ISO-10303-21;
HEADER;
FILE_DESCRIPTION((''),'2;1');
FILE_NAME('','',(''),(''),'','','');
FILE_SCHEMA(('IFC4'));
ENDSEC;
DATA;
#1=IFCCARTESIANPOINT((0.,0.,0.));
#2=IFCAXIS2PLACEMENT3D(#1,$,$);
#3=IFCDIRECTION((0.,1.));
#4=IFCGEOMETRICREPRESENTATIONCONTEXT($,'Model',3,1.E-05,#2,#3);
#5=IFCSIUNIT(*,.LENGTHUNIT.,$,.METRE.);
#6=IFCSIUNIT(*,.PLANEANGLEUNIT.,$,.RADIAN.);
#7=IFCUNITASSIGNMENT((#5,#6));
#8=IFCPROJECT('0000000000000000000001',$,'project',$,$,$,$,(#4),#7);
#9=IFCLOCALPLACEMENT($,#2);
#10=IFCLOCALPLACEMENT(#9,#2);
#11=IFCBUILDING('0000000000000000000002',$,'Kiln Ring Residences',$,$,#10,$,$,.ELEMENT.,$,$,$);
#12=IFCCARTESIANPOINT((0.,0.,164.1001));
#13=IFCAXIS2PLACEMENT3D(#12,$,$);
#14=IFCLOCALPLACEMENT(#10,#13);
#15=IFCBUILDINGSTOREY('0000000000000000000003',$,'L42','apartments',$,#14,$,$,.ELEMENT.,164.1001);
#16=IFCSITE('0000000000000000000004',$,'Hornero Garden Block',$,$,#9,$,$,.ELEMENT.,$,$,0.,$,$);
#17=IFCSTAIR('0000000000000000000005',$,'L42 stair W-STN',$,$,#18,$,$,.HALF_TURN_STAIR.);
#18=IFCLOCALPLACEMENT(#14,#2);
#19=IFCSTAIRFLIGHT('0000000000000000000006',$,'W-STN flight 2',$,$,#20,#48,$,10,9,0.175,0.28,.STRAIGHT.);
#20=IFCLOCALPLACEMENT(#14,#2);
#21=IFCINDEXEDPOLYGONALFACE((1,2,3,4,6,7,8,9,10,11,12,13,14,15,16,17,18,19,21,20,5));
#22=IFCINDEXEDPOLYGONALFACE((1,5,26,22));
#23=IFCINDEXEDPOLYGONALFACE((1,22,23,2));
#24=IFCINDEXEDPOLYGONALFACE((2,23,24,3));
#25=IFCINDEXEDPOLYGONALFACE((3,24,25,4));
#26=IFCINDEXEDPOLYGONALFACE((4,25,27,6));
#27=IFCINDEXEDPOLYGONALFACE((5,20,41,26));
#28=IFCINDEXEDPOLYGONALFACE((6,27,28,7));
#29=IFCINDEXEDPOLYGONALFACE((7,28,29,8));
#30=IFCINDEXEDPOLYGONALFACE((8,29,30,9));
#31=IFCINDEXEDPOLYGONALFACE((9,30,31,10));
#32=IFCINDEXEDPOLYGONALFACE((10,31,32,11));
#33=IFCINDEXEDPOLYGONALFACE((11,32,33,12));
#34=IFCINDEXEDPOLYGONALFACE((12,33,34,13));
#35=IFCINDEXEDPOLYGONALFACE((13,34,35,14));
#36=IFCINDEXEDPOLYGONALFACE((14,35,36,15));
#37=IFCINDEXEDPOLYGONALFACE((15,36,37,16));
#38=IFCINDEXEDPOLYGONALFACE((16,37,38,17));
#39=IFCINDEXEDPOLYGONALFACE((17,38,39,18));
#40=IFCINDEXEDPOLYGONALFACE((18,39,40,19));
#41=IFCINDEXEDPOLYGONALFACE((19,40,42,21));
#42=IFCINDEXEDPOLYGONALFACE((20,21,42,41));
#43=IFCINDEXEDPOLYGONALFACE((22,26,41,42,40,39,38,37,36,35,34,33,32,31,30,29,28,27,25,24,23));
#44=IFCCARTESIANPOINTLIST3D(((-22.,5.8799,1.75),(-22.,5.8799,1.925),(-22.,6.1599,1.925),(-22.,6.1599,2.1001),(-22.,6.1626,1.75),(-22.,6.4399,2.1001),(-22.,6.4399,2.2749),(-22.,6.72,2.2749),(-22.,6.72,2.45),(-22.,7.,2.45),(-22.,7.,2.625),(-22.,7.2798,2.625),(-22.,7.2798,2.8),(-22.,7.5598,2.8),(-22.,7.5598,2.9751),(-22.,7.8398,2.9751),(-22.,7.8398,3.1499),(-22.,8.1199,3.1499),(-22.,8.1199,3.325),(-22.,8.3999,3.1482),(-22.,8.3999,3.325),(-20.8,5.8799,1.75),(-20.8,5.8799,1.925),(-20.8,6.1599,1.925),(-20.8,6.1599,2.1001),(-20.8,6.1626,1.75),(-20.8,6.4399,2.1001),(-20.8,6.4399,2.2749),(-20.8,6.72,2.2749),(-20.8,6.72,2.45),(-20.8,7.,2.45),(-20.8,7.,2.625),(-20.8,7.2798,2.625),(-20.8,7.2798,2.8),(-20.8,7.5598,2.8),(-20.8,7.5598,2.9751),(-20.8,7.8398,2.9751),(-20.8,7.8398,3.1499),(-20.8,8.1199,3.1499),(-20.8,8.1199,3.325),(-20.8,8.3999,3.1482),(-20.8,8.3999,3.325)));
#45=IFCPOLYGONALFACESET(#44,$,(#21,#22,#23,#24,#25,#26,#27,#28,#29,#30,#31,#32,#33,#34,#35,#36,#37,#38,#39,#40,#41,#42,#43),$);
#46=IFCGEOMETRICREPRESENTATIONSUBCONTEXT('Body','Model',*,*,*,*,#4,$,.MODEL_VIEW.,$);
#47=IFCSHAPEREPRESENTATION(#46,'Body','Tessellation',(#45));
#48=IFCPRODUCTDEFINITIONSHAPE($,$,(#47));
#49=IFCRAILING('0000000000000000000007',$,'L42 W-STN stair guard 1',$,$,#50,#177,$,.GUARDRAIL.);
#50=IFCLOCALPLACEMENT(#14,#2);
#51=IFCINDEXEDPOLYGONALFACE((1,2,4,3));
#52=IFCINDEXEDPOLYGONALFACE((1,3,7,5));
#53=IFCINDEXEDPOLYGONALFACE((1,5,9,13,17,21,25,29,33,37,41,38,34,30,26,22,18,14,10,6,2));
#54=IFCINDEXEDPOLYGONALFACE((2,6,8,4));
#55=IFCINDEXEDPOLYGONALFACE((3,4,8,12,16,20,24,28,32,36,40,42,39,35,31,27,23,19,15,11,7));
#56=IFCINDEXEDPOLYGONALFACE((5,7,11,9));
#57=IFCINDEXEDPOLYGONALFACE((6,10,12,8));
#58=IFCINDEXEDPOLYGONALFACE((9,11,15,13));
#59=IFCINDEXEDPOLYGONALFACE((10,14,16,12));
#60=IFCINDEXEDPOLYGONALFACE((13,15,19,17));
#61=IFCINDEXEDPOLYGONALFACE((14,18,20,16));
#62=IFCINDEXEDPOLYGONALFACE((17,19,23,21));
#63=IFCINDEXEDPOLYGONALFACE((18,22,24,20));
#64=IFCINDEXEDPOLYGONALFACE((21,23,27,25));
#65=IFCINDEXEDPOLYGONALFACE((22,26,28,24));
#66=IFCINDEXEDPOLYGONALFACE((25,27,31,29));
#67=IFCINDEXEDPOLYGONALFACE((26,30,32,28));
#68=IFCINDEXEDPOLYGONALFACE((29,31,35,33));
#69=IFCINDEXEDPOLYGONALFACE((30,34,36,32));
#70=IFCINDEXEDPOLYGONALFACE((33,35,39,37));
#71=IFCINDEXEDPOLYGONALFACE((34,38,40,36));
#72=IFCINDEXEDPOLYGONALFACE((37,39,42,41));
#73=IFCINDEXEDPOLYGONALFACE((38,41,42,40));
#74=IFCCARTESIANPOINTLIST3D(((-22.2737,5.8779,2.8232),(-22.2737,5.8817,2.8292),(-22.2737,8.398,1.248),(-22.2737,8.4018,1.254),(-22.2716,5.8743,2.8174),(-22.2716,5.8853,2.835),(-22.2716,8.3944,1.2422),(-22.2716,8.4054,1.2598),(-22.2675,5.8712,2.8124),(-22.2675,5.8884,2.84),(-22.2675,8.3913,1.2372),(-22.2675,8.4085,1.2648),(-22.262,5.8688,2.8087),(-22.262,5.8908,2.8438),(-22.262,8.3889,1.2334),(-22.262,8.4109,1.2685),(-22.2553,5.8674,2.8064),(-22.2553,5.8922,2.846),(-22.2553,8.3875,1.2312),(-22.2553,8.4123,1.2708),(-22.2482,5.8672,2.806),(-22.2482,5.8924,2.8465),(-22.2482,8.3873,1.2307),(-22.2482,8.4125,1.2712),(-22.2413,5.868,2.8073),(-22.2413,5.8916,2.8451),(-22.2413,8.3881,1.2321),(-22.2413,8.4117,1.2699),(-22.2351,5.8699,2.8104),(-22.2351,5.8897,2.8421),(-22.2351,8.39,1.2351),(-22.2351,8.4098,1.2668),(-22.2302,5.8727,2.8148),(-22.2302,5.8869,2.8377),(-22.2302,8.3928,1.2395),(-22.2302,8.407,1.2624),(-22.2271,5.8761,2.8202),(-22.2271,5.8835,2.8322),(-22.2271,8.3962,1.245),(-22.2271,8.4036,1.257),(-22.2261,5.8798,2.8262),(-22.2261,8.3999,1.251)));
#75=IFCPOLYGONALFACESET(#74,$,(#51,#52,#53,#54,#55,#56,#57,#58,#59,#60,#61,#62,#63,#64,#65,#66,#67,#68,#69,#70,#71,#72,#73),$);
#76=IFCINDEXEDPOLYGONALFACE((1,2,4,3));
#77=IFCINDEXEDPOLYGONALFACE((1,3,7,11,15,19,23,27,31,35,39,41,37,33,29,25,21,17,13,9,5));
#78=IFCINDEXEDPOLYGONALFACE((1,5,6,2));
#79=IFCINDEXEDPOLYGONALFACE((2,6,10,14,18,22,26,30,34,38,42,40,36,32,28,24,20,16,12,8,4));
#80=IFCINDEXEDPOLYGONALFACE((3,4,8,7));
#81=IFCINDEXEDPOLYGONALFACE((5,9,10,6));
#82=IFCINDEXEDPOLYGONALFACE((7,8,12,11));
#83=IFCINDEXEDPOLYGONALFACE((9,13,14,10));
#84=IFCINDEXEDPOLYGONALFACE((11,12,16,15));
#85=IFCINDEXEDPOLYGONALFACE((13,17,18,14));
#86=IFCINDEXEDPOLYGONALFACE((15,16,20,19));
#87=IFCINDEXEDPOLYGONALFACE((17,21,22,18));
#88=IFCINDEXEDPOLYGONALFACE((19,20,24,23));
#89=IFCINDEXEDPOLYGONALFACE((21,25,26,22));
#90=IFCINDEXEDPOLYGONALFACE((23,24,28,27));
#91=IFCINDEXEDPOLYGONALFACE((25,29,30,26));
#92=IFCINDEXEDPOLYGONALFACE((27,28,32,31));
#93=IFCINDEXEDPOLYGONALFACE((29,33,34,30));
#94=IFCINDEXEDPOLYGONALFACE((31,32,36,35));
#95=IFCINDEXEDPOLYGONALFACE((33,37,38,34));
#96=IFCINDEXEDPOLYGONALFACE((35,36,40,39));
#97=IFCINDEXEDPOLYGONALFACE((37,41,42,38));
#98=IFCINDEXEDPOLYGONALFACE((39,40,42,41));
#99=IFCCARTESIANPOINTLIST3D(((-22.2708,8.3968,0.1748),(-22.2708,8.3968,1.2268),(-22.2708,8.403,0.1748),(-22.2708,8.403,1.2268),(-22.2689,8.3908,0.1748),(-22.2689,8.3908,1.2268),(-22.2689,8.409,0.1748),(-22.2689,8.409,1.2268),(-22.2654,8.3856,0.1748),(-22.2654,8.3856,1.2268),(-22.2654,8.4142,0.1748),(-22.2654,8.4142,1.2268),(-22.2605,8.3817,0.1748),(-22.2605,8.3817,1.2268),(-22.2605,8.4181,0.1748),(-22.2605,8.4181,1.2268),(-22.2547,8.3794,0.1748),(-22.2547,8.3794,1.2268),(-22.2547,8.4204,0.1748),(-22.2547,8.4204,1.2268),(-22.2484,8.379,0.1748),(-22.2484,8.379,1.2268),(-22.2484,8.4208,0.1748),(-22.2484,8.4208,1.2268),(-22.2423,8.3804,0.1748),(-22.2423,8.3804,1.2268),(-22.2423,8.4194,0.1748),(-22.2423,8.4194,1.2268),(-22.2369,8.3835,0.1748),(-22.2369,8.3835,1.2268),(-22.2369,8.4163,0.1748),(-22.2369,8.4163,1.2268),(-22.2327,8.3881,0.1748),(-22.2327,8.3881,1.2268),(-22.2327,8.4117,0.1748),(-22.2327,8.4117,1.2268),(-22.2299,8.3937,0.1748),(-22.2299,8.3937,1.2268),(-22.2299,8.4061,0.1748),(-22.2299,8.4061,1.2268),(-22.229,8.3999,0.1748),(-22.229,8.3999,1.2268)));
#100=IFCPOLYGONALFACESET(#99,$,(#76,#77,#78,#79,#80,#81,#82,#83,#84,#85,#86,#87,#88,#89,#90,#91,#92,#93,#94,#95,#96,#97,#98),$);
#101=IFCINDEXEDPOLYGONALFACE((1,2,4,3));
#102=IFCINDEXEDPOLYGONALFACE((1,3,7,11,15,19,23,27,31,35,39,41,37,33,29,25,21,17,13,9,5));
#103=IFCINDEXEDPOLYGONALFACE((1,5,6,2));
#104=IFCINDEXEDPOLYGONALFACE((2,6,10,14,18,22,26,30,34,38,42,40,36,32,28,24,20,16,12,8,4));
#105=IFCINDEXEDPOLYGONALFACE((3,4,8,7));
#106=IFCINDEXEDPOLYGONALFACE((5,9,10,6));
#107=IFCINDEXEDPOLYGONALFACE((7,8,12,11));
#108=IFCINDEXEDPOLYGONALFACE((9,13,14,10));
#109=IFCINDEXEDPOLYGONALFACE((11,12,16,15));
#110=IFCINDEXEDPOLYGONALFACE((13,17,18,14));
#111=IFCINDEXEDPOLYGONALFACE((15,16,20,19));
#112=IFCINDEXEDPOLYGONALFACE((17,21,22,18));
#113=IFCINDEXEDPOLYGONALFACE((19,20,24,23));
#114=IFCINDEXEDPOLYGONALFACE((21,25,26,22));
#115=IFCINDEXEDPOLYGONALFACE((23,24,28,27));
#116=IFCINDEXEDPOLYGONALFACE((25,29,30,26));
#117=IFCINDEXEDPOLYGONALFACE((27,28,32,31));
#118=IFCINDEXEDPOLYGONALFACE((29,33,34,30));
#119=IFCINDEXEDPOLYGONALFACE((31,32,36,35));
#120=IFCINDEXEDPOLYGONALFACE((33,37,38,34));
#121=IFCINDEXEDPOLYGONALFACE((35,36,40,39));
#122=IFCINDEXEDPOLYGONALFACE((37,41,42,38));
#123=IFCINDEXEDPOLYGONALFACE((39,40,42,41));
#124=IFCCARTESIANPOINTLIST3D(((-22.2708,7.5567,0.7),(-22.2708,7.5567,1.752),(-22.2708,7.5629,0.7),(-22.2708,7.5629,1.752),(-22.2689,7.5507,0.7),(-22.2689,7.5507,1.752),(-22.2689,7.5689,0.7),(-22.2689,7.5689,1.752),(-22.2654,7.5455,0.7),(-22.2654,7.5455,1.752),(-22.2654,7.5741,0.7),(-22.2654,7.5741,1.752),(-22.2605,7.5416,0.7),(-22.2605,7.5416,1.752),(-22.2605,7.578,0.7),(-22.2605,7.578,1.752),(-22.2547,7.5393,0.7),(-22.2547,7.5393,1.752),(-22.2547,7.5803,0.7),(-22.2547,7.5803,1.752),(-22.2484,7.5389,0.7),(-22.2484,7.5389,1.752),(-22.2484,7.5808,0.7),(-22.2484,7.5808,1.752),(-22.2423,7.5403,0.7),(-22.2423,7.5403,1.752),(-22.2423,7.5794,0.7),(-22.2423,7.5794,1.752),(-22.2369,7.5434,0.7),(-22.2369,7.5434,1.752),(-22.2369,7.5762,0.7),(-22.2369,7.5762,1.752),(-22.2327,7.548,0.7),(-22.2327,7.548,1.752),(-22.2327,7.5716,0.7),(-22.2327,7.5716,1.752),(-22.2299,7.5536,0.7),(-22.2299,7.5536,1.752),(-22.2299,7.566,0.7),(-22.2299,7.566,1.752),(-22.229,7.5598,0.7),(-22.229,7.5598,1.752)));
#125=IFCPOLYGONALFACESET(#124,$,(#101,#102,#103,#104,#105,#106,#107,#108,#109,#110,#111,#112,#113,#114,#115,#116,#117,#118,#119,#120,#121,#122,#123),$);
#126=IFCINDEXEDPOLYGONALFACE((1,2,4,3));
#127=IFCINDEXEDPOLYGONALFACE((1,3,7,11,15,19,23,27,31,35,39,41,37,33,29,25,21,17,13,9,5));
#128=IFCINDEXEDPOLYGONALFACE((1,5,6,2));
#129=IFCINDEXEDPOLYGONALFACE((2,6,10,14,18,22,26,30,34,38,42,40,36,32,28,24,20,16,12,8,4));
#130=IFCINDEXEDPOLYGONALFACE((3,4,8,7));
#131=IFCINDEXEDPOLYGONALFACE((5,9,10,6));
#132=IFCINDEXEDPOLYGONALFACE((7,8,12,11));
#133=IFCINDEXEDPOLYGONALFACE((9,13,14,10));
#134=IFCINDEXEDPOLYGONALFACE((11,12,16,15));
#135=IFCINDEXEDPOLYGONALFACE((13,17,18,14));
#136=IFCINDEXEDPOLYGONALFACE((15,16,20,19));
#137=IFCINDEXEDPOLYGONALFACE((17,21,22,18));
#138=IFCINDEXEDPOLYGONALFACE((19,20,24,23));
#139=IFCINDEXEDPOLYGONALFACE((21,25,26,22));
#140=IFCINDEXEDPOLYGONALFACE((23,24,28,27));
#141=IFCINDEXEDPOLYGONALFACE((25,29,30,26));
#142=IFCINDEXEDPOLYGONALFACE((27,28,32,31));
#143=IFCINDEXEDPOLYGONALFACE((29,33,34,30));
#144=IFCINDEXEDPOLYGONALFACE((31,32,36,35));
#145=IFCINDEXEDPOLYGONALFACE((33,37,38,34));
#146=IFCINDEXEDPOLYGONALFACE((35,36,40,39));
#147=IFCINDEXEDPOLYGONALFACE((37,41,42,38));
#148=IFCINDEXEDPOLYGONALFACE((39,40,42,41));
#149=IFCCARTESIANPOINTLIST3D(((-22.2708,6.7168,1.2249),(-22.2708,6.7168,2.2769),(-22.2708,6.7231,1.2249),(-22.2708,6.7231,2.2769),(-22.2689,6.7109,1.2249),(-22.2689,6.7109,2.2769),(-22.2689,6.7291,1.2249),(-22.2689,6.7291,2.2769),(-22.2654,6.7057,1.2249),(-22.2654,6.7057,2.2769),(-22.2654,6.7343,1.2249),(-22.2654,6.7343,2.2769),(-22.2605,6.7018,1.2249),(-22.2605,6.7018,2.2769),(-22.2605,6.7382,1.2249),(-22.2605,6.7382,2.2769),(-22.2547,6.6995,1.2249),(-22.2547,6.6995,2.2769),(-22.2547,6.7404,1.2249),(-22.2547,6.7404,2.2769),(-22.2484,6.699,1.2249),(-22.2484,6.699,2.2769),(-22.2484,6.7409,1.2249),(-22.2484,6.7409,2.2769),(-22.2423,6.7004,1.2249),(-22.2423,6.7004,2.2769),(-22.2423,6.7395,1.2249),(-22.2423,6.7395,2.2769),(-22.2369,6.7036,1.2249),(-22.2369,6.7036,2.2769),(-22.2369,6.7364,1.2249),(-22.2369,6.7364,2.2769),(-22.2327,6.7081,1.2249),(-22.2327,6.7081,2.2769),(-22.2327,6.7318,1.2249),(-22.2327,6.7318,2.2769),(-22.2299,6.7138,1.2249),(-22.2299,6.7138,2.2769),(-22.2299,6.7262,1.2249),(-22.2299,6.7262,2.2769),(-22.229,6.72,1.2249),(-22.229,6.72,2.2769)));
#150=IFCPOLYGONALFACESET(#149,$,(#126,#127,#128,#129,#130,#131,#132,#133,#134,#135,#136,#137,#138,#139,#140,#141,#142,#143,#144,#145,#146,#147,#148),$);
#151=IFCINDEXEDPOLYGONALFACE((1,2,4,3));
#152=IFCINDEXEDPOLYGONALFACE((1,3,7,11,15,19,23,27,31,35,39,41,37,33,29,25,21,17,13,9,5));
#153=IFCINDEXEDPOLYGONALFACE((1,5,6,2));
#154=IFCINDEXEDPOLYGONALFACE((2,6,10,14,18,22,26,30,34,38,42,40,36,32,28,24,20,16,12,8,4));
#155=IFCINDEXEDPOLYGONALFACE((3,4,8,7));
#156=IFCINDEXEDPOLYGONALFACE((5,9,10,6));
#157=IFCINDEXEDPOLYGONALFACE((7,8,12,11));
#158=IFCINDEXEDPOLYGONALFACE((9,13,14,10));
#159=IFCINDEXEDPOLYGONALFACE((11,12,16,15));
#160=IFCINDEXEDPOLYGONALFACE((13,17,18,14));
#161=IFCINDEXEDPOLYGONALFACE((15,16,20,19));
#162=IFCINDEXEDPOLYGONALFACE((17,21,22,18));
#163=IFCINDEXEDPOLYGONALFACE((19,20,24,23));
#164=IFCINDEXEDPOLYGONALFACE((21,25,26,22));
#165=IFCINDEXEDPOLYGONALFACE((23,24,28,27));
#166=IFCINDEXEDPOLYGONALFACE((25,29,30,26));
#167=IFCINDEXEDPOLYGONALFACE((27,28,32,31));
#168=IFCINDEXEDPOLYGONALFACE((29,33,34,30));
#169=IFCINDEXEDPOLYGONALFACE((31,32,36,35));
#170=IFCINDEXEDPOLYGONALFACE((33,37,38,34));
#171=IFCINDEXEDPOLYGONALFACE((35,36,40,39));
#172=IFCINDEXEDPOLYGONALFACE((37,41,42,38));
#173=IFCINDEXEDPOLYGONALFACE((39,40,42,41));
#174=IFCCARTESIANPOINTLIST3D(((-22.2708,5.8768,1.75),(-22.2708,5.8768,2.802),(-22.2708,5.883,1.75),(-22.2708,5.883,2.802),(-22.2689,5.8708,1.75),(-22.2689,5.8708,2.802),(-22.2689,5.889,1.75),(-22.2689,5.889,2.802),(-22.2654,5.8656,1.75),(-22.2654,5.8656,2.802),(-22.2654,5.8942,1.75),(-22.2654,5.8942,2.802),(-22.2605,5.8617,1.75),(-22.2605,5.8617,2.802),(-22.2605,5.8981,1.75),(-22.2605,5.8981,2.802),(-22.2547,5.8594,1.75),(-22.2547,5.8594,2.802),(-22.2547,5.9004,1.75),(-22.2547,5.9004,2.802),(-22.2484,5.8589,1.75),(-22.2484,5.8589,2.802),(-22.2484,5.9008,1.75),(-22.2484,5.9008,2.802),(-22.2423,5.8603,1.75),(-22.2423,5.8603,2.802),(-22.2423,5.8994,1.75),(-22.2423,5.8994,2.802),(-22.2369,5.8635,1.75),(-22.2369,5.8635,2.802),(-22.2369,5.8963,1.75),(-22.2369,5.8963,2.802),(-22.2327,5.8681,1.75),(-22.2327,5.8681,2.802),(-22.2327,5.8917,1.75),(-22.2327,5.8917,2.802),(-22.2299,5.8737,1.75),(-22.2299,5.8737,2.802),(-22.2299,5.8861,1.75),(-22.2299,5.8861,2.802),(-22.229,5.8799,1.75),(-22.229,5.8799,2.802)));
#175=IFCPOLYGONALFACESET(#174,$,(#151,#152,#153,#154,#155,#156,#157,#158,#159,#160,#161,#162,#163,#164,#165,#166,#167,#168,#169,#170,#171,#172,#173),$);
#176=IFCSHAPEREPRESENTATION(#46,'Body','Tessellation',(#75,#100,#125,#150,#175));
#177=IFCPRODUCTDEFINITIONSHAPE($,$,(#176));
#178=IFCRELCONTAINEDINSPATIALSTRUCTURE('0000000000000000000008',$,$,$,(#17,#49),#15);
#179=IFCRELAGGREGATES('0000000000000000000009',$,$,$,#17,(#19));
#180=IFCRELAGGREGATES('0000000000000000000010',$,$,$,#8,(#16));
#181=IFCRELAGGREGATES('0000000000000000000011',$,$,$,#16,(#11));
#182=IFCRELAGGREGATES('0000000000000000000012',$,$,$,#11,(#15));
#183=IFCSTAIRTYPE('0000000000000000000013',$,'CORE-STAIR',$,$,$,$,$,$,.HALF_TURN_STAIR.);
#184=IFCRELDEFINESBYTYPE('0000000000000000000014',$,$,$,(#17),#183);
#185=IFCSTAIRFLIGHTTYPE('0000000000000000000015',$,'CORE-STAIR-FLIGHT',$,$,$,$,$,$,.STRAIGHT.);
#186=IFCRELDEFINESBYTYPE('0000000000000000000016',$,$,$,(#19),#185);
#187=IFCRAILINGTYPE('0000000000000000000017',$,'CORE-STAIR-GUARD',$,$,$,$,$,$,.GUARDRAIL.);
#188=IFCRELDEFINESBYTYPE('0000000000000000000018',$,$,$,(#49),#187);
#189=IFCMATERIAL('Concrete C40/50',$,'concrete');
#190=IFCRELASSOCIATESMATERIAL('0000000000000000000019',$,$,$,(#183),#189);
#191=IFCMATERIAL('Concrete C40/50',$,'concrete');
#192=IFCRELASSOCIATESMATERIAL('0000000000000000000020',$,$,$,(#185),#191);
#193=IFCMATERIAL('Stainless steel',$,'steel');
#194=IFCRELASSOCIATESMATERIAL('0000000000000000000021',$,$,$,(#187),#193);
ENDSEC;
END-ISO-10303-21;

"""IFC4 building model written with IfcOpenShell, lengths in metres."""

from ifc_helpers import new_model, si_unit, direction, frame, origin, origin_2d, place, context, subcontext, project, spatial, polyline, circle, outline, extrude, material, type_object, element, aggregate, save


model = new_model("IFC4")

# Units and contexts
model_context = context("Model", 3, precision=1e-05, world=origin(), true_north=direction((0.0, 1.0)))
body_context = subcontext(model_context, "Body", "Model", "MODEL_VIEW")
ifc_project = project(units=[si_unit("LENGTHUNIT", "METRE"), si_unit("PLANEANGLEUNIT", "RADIAN")], contexts=[model_context])

# Site, building, storey
site_placement = place(None, origin())
site = spatial("IfcSite", under=ifc_project, at=site_placement, Name="Hornero Garden Block", CompositionType="ELEMENT", RefElevation=0.0)
building_placement = place(site_placement, origin())
building = spatial("IfcBuilding", under=site, at=building_placement, Name="Kiln Ring Residences", CompositionType="ELEMENT")
storey_placement = place(building_placement, frame((0.0, 0.0, 164.1001)))
storey = spatial("IfcBuildingStorey", under=building, at=storey_placement, Name="L42", Description="apartments", CompositionType="ELEMENT", Elevation=164.1001)

# Stair, stair flight
ifc_material_1 = material(Name="Concrete C40/50", Category="concrete")
stair_type = type_object("IfcStairType", Name="CORE-STAIR", PredefinedType="HALF_TURN_STAIR", material=ifc_material_1)
stair_placement = place(storey_placement, origin())
stair = element("IfcStair", 1, at=stair_placement, inside=storey, type_object=stair_type, Name="L42 stair W-STN", PredefinedType="HALF_TURN_STAIR")
ifc_material_2 = material(Name="Concrete C40/50", Category="concrete")
stair_flight_type = type_object("IfcStairFlightType", Name="CORE-STAIR-FLIGHT", PredefinedType="STRAIGHT", material=ifc_material_2)
stair_flight_1_placement = place(storey_placement, frame((-21.3999, 5.8799, 1.75), z_axis=(0.0, 0.0, 1.0), x_axis=(0.0, 1.0, 0.0)))
stair_flight_1 = element("IfcStairFlight", 2, at=stair_flight_1_placement, type_object=stair_flight_type, Name="W-STN flight 2", NumberOfRisers=10, NumberOfTreads=9, PredefinedType="STRAIGHT", RiserHeight=0.175, TreadLength=0.28, context=body_context, shape_type="SweptSolid", body=[
    extrude(outline(polyline([(0.0, 0.0), (0.0, 0.175), (0.28, 0.175), (0.28, 0.3501), (0.5601, 0.3501), (0.5601, 0.5249), (0.8401, 0.5249), (0.8401, 0.7), (1.1201, 0.7), (1.1201, 0.875), (1.3999, 0.875), (1.3999, 1.05), (1.6799, 1.05), (1.6799, 1.2251), (1.96, 1.2251), (1.96, 1.3999), (2.24, 1.3999), (2.24, 1.575), (2.52, 1.575), (2.52, 1.75), (2.52, 1.3982), (0.2827, 0.0), (0.0, 0.0)])), frame((0.0, 0.6001, 0.0), z_axis=(0.0, -1.0, 0.0), x_axis=(1.0, 0.0, 0.0)), (0.0, 0.0, 1.0), 1.2),
])
aggregate(stair, [stair_flight_1])

# Railing
ifc_material_3 = material(Name="Stainless steel", Category="steel")
railing_type_1 = type_object("IfcRailingType", Name="CORE-STAIR-GUARD", PredefinedType="GUARDRAIL", material=ifc_material_3)
railing_1_placement = place(storey_placement, frame((-22.25, 8.3999, 0.1748)))
element("IfcRailing", 3, at=railing_1_placement, inside=storey, type_object=railing_type_1, Name="L42 W-STN stair guard 1", PredefinedType="GUARDRAIL", context=body_context, shape_type="SweptSolid", body=[
    extrude(circle(Radius=0.0239, at=origin_2d()), frame((0.0, 0.0, 1.0762), z_axis=(0.0, -0.847971, 0.530043), x_axis=(1.0, 0.0, 0.0)), (0.0, 0.0, 1.0), 2.9719),
    extrude(circle(Radius=0.021, at=origin_2d()), origin(), (0.0, 0.0, 1.0), 1.052),
    extrude(circle(Radius=0.021, at=origin_2d()), frame((0.0, -0.8401, 0.5251)), (0.0, 0.0, 1.0), 1.052),
    extrude(circle(Radius=0.021, at=origin_2d()), frame((0.0, -1.6799, 1.05)), (0.0, 0.0, 1.0), 1.052),
    extrude(circle(Radius=0.021, at=origin_2d()), frame((0.0, -2.52, 1.5752)), (0.0, 0.0, 1.0), 1.052),
])

save(model, "model.ifc")
